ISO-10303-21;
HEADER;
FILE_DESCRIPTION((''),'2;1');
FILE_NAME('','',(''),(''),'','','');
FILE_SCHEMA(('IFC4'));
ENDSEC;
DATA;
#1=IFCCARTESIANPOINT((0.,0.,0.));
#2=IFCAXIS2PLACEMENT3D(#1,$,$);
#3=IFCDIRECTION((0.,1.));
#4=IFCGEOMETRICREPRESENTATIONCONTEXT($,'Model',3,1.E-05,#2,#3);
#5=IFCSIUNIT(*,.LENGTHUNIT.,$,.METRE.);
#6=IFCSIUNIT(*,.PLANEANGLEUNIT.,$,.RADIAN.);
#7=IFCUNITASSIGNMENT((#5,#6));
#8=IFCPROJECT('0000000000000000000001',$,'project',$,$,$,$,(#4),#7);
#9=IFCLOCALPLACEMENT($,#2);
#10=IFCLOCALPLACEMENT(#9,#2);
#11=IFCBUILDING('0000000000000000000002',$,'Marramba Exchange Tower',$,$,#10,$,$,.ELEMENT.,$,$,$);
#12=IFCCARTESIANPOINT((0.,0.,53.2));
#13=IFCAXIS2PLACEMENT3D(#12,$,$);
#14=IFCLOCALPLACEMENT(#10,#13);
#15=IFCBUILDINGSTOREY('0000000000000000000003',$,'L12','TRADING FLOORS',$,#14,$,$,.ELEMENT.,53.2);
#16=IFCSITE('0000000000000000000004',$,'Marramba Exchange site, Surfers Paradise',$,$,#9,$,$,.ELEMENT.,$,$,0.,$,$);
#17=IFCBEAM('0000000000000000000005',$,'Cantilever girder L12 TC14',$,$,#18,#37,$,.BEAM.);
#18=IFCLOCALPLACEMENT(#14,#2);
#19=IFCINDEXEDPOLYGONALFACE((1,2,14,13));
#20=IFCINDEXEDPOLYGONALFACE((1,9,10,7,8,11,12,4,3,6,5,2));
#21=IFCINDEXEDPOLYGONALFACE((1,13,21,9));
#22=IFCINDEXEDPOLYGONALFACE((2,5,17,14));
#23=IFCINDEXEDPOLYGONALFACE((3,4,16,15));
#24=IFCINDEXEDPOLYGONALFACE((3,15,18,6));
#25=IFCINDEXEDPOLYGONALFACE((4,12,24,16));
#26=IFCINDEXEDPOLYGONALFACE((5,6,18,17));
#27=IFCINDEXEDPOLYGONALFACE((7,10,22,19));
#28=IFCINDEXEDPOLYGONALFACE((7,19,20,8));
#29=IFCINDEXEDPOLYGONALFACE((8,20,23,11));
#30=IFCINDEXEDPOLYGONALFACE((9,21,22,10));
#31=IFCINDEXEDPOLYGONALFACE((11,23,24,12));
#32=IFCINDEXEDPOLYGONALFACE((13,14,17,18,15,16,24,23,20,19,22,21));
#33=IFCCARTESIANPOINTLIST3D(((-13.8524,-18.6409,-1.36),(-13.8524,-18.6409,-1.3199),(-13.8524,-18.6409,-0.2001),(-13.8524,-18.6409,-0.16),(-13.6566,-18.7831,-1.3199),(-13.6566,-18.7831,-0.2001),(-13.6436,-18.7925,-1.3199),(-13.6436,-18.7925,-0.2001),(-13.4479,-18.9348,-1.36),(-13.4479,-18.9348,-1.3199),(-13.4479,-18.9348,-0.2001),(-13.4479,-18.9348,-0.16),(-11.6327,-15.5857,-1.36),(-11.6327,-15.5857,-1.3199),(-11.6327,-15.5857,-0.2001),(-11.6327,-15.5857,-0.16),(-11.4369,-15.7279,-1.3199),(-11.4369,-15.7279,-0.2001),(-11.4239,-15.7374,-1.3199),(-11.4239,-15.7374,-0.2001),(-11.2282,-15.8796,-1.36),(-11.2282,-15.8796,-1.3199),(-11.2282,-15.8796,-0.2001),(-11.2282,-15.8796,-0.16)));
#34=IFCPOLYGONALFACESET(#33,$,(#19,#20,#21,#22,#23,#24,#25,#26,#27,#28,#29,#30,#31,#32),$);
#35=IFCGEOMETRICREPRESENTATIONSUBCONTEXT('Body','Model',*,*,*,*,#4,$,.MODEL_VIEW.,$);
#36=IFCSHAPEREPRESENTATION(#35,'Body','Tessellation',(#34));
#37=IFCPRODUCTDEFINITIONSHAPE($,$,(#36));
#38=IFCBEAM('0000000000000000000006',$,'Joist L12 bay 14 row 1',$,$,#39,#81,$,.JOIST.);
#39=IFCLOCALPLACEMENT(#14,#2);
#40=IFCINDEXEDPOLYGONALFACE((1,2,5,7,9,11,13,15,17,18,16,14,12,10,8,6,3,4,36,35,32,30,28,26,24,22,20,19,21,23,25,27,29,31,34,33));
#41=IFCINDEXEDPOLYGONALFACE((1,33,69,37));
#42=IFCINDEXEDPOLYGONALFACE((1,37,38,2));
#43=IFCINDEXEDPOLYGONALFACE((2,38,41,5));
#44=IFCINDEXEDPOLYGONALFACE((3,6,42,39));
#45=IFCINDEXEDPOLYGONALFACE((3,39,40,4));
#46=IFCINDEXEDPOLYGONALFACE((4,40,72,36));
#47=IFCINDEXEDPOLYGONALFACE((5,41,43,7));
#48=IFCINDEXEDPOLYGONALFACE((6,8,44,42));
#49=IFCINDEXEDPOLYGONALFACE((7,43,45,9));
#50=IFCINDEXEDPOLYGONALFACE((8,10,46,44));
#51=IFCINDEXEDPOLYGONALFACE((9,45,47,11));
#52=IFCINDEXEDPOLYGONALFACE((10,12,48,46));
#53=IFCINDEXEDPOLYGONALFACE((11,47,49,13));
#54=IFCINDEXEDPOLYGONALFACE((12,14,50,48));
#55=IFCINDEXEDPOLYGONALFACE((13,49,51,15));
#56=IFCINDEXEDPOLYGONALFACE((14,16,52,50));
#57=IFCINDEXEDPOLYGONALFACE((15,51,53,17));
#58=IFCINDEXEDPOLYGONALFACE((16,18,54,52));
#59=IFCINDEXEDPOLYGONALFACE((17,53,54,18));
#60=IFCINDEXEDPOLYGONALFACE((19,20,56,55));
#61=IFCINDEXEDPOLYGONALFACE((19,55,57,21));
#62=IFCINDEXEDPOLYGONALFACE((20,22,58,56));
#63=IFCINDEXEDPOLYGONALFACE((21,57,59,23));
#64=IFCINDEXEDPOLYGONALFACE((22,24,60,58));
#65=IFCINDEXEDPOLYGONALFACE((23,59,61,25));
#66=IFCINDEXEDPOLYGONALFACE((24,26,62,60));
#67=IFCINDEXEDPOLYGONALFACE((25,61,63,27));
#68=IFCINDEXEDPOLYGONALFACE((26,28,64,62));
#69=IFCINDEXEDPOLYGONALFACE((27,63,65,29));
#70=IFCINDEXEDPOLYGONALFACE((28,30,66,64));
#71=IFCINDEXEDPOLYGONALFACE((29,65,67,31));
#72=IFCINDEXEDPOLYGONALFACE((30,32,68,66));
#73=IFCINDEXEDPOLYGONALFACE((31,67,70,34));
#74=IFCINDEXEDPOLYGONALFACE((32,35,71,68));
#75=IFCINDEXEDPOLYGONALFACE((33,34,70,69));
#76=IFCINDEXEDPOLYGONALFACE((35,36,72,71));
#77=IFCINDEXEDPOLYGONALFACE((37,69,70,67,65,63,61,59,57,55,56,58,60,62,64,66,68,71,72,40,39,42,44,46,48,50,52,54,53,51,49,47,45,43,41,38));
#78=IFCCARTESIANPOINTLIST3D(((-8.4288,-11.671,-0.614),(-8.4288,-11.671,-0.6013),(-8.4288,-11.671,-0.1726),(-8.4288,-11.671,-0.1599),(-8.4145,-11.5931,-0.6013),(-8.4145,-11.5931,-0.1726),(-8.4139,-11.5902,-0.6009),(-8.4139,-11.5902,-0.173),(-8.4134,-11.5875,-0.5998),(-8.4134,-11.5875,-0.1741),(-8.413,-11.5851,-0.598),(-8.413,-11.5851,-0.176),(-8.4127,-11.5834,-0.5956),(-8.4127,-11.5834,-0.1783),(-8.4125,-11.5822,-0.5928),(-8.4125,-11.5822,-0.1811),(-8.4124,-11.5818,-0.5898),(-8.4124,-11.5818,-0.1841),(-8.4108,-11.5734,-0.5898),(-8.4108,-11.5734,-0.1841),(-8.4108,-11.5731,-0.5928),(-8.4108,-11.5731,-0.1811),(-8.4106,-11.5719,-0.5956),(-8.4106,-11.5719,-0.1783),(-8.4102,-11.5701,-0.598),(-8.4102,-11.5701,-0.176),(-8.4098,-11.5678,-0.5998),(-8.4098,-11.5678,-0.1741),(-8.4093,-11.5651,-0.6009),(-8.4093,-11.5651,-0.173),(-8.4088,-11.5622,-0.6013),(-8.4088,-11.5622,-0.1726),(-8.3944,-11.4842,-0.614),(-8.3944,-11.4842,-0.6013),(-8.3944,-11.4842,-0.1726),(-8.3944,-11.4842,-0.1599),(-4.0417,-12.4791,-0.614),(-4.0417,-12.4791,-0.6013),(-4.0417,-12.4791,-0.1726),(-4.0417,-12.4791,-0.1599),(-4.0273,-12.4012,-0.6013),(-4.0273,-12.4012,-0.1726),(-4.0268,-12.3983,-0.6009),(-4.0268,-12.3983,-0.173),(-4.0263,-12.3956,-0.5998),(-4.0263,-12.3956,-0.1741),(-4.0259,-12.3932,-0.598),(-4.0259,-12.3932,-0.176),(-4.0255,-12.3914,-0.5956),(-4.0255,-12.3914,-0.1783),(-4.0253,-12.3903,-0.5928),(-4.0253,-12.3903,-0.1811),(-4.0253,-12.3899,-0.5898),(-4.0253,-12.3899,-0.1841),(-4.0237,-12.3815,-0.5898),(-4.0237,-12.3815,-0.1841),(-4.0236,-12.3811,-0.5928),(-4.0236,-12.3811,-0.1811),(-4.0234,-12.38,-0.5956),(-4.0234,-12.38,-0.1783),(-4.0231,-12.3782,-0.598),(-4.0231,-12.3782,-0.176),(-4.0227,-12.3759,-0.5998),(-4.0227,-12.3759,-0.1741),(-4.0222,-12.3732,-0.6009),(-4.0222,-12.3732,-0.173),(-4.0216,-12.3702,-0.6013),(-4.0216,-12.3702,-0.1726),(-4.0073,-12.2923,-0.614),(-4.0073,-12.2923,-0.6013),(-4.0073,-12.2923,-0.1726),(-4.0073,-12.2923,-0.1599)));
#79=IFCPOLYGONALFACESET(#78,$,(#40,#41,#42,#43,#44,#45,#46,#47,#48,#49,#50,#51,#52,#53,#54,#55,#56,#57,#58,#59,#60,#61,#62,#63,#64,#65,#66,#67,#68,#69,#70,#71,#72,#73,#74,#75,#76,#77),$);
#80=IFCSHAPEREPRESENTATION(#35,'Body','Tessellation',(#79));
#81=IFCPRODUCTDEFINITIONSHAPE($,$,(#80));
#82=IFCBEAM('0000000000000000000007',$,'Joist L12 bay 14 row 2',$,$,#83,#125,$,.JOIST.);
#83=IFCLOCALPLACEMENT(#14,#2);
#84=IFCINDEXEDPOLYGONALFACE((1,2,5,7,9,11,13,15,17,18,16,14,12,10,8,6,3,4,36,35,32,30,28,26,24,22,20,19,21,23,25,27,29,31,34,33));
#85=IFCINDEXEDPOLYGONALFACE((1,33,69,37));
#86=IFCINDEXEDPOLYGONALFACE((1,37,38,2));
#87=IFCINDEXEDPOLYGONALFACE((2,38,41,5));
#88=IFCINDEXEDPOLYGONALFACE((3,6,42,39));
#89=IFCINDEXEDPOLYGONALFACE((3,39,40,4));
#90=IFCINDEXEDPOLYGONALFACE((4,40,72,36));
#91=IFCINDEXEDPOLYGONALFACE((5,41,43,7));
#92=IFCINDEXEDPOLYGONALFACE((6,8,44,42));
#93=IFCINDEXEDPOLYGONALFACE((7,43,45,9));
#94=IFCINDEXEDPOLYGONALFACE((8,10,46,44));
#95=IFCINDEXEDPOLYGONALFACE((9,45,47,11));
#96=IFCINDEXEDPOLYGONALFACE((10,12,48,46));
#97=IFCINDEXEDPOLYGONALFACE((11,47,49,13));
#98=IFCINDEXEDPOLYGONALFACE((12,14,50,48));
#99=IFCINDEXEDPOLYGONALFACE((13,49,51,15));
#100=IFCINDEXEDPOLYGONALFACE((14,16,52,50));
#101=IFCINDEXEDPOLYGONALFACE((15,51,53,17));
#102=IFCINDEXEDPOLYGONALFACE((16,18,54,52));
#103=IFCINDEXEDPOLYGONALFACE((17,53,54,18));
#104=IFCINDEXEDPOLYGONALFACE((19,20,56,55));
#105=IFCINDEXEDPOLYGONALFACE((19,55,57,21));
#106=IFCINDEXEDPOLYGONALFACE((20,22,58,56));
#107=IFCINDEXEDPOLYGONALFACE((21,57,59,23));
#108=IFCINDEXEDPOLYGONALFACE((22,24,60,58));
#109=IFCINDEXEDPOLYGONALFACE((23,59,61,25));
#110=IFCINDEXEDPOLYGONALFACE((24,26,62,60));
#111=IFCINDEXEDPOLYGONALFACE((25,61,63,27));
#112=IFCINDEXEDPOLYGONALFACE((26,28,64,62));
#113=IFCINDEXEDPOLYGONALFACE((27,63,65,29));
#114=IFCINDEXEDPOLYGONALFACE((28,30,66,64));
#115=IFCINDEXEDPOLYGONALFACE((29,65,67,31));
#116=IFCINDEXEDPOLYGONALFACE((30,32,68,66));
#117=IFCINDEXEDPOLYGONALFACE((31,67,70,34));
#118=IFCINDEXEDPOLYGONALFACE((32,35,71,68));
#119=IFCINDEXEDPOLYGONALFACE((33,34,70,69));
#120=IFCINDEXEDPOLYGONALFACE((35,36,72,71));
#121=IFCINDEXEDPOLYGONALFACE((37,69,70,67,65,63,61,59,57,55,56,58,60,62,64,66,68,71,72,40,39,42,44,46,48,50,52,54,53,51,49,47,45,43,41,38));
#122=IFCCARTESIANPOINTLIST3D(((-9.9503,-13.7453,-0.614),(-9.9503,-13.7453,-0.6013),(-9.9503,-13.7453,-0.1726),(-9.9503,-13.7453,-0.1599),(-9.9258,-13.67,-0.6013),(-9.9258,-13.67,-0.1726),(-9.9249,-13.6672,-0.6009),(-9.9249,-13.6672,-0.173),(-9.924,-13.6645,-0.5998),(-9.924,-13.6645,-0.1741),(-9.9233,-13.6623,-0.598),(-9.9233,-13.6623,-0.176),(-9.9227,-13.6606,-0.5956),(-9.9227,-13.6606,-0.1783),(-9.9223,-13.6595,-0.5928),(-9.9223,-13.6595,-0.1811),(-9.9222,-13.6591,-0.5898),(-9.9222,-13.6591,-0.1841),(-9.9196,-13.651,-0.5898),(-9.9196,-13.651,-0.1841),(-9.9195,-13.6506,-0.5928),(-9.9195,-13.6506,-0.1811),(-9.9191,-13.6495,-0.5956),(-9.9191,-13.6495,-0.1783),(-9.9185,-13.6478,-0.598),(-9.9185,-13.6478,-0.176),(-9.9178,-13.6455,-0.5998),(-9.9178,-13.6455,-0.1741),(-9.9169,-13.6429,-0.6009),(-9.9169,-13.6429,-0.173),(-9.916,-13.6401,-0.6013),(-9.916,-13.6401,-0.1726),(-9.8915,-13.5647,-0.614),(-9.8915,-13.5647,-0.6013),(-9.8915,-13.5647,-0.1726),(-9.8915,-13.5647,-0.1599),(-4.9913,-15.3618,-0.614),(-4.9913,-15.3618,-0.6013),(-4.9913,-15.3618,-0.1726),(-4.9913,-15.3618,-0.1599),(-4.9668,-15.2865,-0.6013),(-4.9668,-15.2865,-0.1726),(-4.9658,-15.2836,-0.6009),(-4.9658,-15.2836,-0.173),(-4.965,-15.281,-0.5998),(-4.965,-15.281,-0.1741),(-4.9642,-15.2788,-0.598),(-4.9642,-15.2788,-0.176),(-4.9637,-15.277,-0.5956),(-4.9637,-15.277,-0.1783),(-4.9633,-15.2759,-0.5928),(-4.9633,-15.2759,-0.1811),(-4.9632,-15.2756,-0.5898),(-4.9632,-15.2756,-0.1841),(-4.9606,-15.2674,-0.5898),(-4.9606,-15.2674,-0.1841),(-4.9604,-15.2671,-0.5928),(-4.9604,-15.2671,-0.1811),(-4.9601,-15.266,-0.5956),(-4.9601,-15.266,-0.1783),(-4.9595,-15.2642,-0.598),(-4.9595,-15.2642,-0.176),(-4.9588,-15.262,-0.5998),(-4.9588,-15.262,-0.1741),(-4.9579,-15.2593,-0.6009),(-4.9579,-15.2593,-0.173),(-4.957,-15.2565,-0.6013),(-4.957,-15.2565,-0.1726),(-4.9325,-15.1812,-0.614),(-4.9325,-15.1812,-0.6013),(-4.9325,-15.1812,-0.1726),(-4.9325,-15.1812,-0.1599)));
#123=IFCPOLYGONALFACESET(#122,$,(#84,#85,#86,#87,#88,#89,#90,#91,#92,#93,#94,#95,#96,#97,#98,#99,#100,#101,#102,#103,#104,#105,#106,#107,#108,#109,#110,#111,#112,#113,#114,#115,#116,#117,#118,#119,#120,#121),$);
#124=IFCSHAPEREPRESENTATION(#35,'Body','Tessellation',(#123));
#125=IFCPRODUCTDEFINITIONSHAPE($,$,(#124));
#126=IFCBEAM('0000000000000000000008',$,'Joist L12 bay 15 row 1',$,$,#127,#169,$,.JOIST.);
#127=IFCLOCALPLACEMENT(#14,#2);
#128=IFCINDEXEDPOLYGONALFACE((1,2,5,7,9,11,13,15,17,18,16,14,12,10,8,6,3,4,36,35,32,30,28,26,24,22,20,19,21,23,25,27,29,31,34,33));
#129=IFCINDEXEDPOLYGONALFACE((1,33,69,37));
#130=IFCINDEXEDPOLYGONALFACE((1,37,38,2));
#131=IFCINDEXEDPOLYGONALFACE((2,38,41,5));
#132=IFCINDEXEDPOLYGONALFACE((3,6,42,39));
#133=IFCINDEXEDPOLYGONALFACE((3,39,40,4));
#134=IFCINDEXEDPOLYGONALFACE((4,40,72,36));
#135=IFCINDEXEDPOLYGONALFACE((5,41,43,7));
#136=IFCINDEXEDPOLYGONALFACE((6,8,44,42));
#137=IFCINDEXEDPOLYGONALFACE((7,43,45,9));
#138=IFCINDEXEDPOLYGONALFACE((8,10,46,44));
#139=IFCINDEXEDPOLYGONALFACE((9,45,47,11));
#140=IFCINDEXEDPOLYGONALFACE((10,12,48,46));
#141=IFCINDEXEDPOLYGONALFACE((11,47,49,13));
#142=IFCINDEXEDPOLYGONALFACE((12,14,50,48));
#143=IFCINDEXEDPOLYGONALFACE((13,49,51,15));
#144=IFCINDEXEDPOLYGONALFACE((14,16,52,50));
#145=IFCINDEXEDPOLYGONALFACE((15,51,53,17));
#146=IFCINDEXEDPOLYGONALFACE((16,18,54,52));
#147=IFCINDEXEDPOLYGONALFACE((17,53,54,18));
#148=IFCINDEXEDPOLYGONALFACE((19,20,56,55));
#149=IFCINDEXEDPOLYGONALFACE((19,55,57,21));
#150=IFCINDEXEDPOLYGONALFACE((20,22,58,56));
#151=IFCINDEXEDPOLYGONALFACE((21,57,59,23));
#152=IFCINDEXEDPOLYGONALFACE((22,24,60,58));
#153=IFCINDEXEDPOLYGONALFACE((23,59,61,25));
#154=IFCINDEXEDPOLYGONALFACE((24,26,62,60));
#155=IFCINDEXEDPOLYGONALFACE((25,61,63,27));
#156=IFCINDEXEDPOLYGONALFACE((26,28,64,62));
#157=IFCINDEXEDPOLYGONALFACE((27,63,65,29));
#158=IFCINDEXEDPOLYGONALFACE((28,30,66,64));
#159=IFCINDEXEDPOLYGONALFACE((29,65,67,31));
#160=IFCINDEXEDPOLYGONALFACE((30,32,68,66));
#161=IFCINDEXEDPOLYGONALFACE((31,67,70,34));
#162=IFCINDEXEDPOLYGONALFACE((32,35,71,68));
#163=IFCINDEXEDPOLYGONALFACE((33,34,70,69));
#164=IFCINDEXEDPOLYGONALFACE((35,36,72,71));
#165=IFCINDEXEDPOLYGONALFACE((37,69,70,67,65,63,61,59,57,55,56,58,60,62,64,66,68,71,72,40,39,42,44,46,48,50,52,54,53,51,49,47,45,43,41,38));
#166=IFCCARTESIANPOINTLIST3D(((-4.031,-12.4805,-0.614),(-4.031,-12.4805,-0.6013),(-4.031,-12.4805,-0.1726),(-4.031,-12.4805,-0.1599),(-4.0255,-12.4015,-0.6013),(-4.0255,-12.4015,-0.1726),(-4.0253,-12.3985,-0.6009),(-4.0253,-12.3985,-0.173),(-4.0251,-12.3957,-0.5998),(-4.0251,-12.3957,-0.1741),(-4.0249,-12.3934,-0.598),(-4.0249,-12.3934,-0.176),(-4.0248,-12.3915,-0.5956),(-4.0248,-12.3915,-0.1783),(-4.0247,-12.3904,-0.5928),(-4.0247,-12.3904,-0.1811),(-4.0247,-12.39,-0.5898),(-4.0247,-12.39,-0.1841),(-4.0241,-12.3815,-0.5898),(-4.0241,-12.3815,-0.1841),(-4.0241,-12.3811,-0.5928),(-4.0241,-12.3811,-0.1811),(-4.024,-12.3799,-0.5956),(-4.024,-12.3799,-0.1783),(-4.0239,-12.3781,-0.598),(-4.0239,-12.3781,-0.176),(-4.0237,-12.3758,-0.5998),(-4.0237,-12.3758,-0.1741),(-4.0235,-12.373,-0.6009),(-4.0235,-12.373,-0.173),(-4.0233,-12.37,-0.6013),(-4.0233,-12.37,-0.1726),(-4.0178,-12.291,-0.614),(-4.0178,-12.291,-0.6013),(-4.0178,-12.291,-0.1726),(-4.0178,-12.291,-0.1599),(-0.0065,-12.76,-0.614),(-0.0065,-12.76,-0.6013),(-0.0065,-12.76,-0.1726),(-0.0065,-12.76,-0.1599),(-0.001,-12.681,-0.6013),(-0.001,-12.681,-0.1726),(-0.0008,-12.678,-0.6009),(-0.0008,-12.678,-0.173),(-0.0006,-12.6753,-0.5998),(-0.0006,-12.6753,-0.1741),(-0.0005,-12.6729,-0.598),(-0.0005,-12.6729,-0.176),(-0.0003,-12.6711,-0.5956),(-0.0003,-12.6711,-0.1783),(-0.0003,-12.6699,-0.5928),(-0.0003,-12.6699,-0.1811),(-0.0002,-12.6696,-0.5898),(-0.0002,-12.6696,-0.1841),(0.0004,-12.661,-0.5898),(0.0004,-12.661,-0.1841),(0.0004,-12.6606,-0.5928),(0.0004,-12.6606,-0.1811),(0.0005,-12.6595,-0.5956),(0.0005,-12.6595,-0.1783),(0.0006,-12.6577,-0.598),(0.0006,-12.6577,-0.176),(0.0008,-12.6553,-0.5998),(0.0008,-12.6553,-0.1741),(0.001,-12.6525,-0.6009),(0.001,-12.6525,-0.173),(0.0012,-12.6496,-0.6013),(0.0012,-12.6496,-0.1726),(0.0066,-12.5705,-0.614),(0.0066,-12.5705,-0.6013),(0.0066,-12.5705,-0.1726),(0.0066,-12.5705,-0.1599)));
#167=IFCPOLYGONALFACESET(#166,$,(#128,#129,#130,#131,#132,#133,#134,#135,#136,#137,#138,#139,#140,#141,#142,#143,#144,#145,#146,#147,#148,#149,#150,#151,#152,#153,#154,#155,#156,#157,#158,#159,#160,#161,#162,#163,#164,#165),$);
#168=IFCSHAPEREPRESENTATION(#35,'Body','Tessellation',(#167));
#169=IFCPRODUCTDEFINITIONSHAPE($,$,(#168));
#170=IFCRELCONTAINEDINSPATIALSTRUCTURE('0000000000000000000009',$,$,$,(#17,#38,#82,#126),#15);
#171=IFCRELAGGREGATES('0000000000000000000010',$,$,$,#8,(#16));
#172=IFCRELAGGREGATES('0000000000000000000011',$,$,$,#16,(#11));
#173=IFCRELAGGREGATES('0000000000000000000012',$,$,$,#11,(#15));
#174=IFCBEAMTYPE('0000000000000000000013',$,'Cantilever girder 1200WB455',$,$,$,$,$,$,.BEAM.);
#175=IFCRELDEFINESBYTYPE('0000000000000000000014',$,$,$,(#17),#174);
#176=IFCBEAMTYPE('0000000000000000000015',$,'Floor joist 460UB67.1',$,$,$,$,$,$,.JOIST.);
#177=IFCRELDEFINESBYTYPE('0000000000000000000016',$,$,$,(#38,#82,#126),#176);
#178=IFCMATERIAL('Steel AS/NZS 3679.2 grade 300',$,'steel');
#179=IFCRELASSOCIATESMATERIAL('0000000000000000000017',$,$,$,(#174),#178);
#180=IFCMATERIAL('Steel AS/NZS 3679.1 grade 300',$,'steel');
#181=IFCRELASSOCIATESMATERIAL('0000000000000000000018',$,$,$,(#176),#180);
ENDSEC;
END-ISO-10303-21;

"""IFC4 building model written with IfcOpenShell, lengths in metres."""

from ifc_helpers import new_model, si_unit, direction, frame, origin, origin_2d, place, context, subcontext, project, spatial, i_section, extrude, material, material_profile, profile_set, type_object, element, save


model = new_model("IFC4")

# Units and contexts
model_context = context("Model", 3, precision=1e-05, world=origin(), true_north=direction((0.0, 1.0)))
body_context = subcontext(model_context, "Body", "Model", "MODEL_VIEW")
ifc_project = project(units=[si_unit("LENGTHUNIT", "METRE"), si_unit("PLANEANGLEUNIT", "RADIAN")], contexts=[model_context])

# Site, building, storey
site_placement = place(None, origin())
site = spatial("IfcSite", under=ifc_project, at=site_placement, Name="Marramba Exchange site, Surfers Paradise", CompositionType="ELEMENT", RefElevation=0.0)
building_placement = place(site_placement, origin())
building = spatial("IfcBuilding", under=site, at=building_placement, Name="Marramba Exchange Tower", CompositionType="ELEMENT")
storey_placement = place(building_placement, frame((0.0, 0.0, 53.2)))
storey = spatial("IfcBuildingStorey", under=building, at=storey_placement, Name="L12", Description="TRADING FLOORS", CompositionType="ELEMENT", Elevation=53.2)

# Beams
ifc_material_1 = material(Name="Steel AS/NZS 3679.2 grade 300", Category="steel")
ifc_material_profile_1 = material_profile(ifc_material_1, i_section(OverallWidth=0.5, OverallDepth=1.2, WebThickness=0.0161, FlangeThickness=0.04, at=origin_2d()), Name="1200WB455")
ifc_profile_set_1 = profile_set([ifc_material_profile_1], Name="Steel AS/NZS 3679.2 grade 300")
beam_type_1 = type_object("IfcBeamType", Name="Cantilever girder 1200WB455", PredefinedType="BEAM", material=ifc_profile_set_1)
beam_1_placement = place(storey_placement, frame((-11.4304, -15.7327, -0.76), z_axis=(-0.587787, -0.809016, 0.0), x_axis=(0.809016, -0.587787, 0.0)))
element("IfcBeam", 1, at=beam_1_placement, inside=storey, type_object=beam_type_1, Name="Cantilever girder L12 TC14", PredefinedType="BEAM", context=body_context, shape_type="SweptSolid", body=[
    extrude(i_section(OverallWidth=0.5, OverallDepth=1.2, WebThickness=0.0161, FlangeThickness=0.04, at=origin_2d()), origin(), (0.0, 0.0, 1.0), 3.7764),
])
ifc_material_2 = material(Name="Steel AS/NZS 3679.1 grade 300", Category="steel")
ifc_material_profile_2 = material_profile(ifc_material_2, i_section(OverallWidth=0.1899, OverallDepth=0.4541, WebThickness=0.0085, FlangeThickness=0.0127, FilletRadius=0.0115, at=origin_2d()), Name="460UB67.1")
ifc_profile_set_2 = profile_set([ifc_material_profile_2], Name="Steel AS/NZS 3679.1 grade 300")
beam_type_2 = type_object("IfcBeamType", Name="Floor joist 460UB67.1", PredefinedType="JOIST", material=ifc_profile_set_2)
beam_2_placement = place(storey_placement, frame((-8.4116, -11.5776, -0.387), z_axis=(0.983456, -0.181149, 0.0), x_axis=(0.181149, 0.983456, 0.0)))
element("IfcBeam", 2, at=beam_2_placement, inside=storey, type_object=beam_type_2, Name="Joist L12 bay 14 row 1", PredefinedType="JOIST", context=body_context, shape_type="SweptSolid", body=[
    extrude(i_section(OverallWidth=0.1899, OverallDepth=0.4541, WebThickness=0.0085, FlangeThickness=0.0127, FilletRadius=0.0115, at=origin_2d()), origin(), (0.0, 0.0, 1.0), 4.4609),
])
beam_3_placement = place(storey_placement, frame((-9.9209, -13.655, -0.387), z_axis=(0.950764, -0.309916, 0.0), x_axis=(0.309916, 0.950764, 0.0)))
element("IfcBeam", 3, at=beam_3_placement, inside=storey, type_object=beam_type_2, Name="Joist L12 bay 14 row 2", PredefinedType="JOIST", context=body_context, shape_type="SweptSolid", body=[
    extrude(i_section(OverallWidth=0.1899, OverallDepth=0.4541, WebThickness=0.0085, FlangeThickness=0.0127, FilletRadius=0.0115, at=origin_2d()), origin(), (0.0, 0.0, 1.0), 5.2158),
])
beam_4_placement = place(storey_placement, frame((-4.0244, -12.3857, -0.387), z_axis=(0.997596, -0.069294, 0.0), x_axis=(0.069294, 0.997596, 0.0)))
element("IfcBeam", 4, at=beam_4_placement, inside=storey, type_object=beam_type_2, Name="Joist L12 bay 15 row 1", PredefinedType="JOIST", context=body_context, shape_type="SweptSolid", body=[
    extrude(i_section(OverallWidth=0.1899, OverallDepth=0.4541, WebThickness=0.0085, FlangeThickness=0.0127, FilletRadius=0.0115, at=origin_2d()), origin(), (0.0, 0.0, 1.0), 4.0342),
])

save(model, "model.ifc")
